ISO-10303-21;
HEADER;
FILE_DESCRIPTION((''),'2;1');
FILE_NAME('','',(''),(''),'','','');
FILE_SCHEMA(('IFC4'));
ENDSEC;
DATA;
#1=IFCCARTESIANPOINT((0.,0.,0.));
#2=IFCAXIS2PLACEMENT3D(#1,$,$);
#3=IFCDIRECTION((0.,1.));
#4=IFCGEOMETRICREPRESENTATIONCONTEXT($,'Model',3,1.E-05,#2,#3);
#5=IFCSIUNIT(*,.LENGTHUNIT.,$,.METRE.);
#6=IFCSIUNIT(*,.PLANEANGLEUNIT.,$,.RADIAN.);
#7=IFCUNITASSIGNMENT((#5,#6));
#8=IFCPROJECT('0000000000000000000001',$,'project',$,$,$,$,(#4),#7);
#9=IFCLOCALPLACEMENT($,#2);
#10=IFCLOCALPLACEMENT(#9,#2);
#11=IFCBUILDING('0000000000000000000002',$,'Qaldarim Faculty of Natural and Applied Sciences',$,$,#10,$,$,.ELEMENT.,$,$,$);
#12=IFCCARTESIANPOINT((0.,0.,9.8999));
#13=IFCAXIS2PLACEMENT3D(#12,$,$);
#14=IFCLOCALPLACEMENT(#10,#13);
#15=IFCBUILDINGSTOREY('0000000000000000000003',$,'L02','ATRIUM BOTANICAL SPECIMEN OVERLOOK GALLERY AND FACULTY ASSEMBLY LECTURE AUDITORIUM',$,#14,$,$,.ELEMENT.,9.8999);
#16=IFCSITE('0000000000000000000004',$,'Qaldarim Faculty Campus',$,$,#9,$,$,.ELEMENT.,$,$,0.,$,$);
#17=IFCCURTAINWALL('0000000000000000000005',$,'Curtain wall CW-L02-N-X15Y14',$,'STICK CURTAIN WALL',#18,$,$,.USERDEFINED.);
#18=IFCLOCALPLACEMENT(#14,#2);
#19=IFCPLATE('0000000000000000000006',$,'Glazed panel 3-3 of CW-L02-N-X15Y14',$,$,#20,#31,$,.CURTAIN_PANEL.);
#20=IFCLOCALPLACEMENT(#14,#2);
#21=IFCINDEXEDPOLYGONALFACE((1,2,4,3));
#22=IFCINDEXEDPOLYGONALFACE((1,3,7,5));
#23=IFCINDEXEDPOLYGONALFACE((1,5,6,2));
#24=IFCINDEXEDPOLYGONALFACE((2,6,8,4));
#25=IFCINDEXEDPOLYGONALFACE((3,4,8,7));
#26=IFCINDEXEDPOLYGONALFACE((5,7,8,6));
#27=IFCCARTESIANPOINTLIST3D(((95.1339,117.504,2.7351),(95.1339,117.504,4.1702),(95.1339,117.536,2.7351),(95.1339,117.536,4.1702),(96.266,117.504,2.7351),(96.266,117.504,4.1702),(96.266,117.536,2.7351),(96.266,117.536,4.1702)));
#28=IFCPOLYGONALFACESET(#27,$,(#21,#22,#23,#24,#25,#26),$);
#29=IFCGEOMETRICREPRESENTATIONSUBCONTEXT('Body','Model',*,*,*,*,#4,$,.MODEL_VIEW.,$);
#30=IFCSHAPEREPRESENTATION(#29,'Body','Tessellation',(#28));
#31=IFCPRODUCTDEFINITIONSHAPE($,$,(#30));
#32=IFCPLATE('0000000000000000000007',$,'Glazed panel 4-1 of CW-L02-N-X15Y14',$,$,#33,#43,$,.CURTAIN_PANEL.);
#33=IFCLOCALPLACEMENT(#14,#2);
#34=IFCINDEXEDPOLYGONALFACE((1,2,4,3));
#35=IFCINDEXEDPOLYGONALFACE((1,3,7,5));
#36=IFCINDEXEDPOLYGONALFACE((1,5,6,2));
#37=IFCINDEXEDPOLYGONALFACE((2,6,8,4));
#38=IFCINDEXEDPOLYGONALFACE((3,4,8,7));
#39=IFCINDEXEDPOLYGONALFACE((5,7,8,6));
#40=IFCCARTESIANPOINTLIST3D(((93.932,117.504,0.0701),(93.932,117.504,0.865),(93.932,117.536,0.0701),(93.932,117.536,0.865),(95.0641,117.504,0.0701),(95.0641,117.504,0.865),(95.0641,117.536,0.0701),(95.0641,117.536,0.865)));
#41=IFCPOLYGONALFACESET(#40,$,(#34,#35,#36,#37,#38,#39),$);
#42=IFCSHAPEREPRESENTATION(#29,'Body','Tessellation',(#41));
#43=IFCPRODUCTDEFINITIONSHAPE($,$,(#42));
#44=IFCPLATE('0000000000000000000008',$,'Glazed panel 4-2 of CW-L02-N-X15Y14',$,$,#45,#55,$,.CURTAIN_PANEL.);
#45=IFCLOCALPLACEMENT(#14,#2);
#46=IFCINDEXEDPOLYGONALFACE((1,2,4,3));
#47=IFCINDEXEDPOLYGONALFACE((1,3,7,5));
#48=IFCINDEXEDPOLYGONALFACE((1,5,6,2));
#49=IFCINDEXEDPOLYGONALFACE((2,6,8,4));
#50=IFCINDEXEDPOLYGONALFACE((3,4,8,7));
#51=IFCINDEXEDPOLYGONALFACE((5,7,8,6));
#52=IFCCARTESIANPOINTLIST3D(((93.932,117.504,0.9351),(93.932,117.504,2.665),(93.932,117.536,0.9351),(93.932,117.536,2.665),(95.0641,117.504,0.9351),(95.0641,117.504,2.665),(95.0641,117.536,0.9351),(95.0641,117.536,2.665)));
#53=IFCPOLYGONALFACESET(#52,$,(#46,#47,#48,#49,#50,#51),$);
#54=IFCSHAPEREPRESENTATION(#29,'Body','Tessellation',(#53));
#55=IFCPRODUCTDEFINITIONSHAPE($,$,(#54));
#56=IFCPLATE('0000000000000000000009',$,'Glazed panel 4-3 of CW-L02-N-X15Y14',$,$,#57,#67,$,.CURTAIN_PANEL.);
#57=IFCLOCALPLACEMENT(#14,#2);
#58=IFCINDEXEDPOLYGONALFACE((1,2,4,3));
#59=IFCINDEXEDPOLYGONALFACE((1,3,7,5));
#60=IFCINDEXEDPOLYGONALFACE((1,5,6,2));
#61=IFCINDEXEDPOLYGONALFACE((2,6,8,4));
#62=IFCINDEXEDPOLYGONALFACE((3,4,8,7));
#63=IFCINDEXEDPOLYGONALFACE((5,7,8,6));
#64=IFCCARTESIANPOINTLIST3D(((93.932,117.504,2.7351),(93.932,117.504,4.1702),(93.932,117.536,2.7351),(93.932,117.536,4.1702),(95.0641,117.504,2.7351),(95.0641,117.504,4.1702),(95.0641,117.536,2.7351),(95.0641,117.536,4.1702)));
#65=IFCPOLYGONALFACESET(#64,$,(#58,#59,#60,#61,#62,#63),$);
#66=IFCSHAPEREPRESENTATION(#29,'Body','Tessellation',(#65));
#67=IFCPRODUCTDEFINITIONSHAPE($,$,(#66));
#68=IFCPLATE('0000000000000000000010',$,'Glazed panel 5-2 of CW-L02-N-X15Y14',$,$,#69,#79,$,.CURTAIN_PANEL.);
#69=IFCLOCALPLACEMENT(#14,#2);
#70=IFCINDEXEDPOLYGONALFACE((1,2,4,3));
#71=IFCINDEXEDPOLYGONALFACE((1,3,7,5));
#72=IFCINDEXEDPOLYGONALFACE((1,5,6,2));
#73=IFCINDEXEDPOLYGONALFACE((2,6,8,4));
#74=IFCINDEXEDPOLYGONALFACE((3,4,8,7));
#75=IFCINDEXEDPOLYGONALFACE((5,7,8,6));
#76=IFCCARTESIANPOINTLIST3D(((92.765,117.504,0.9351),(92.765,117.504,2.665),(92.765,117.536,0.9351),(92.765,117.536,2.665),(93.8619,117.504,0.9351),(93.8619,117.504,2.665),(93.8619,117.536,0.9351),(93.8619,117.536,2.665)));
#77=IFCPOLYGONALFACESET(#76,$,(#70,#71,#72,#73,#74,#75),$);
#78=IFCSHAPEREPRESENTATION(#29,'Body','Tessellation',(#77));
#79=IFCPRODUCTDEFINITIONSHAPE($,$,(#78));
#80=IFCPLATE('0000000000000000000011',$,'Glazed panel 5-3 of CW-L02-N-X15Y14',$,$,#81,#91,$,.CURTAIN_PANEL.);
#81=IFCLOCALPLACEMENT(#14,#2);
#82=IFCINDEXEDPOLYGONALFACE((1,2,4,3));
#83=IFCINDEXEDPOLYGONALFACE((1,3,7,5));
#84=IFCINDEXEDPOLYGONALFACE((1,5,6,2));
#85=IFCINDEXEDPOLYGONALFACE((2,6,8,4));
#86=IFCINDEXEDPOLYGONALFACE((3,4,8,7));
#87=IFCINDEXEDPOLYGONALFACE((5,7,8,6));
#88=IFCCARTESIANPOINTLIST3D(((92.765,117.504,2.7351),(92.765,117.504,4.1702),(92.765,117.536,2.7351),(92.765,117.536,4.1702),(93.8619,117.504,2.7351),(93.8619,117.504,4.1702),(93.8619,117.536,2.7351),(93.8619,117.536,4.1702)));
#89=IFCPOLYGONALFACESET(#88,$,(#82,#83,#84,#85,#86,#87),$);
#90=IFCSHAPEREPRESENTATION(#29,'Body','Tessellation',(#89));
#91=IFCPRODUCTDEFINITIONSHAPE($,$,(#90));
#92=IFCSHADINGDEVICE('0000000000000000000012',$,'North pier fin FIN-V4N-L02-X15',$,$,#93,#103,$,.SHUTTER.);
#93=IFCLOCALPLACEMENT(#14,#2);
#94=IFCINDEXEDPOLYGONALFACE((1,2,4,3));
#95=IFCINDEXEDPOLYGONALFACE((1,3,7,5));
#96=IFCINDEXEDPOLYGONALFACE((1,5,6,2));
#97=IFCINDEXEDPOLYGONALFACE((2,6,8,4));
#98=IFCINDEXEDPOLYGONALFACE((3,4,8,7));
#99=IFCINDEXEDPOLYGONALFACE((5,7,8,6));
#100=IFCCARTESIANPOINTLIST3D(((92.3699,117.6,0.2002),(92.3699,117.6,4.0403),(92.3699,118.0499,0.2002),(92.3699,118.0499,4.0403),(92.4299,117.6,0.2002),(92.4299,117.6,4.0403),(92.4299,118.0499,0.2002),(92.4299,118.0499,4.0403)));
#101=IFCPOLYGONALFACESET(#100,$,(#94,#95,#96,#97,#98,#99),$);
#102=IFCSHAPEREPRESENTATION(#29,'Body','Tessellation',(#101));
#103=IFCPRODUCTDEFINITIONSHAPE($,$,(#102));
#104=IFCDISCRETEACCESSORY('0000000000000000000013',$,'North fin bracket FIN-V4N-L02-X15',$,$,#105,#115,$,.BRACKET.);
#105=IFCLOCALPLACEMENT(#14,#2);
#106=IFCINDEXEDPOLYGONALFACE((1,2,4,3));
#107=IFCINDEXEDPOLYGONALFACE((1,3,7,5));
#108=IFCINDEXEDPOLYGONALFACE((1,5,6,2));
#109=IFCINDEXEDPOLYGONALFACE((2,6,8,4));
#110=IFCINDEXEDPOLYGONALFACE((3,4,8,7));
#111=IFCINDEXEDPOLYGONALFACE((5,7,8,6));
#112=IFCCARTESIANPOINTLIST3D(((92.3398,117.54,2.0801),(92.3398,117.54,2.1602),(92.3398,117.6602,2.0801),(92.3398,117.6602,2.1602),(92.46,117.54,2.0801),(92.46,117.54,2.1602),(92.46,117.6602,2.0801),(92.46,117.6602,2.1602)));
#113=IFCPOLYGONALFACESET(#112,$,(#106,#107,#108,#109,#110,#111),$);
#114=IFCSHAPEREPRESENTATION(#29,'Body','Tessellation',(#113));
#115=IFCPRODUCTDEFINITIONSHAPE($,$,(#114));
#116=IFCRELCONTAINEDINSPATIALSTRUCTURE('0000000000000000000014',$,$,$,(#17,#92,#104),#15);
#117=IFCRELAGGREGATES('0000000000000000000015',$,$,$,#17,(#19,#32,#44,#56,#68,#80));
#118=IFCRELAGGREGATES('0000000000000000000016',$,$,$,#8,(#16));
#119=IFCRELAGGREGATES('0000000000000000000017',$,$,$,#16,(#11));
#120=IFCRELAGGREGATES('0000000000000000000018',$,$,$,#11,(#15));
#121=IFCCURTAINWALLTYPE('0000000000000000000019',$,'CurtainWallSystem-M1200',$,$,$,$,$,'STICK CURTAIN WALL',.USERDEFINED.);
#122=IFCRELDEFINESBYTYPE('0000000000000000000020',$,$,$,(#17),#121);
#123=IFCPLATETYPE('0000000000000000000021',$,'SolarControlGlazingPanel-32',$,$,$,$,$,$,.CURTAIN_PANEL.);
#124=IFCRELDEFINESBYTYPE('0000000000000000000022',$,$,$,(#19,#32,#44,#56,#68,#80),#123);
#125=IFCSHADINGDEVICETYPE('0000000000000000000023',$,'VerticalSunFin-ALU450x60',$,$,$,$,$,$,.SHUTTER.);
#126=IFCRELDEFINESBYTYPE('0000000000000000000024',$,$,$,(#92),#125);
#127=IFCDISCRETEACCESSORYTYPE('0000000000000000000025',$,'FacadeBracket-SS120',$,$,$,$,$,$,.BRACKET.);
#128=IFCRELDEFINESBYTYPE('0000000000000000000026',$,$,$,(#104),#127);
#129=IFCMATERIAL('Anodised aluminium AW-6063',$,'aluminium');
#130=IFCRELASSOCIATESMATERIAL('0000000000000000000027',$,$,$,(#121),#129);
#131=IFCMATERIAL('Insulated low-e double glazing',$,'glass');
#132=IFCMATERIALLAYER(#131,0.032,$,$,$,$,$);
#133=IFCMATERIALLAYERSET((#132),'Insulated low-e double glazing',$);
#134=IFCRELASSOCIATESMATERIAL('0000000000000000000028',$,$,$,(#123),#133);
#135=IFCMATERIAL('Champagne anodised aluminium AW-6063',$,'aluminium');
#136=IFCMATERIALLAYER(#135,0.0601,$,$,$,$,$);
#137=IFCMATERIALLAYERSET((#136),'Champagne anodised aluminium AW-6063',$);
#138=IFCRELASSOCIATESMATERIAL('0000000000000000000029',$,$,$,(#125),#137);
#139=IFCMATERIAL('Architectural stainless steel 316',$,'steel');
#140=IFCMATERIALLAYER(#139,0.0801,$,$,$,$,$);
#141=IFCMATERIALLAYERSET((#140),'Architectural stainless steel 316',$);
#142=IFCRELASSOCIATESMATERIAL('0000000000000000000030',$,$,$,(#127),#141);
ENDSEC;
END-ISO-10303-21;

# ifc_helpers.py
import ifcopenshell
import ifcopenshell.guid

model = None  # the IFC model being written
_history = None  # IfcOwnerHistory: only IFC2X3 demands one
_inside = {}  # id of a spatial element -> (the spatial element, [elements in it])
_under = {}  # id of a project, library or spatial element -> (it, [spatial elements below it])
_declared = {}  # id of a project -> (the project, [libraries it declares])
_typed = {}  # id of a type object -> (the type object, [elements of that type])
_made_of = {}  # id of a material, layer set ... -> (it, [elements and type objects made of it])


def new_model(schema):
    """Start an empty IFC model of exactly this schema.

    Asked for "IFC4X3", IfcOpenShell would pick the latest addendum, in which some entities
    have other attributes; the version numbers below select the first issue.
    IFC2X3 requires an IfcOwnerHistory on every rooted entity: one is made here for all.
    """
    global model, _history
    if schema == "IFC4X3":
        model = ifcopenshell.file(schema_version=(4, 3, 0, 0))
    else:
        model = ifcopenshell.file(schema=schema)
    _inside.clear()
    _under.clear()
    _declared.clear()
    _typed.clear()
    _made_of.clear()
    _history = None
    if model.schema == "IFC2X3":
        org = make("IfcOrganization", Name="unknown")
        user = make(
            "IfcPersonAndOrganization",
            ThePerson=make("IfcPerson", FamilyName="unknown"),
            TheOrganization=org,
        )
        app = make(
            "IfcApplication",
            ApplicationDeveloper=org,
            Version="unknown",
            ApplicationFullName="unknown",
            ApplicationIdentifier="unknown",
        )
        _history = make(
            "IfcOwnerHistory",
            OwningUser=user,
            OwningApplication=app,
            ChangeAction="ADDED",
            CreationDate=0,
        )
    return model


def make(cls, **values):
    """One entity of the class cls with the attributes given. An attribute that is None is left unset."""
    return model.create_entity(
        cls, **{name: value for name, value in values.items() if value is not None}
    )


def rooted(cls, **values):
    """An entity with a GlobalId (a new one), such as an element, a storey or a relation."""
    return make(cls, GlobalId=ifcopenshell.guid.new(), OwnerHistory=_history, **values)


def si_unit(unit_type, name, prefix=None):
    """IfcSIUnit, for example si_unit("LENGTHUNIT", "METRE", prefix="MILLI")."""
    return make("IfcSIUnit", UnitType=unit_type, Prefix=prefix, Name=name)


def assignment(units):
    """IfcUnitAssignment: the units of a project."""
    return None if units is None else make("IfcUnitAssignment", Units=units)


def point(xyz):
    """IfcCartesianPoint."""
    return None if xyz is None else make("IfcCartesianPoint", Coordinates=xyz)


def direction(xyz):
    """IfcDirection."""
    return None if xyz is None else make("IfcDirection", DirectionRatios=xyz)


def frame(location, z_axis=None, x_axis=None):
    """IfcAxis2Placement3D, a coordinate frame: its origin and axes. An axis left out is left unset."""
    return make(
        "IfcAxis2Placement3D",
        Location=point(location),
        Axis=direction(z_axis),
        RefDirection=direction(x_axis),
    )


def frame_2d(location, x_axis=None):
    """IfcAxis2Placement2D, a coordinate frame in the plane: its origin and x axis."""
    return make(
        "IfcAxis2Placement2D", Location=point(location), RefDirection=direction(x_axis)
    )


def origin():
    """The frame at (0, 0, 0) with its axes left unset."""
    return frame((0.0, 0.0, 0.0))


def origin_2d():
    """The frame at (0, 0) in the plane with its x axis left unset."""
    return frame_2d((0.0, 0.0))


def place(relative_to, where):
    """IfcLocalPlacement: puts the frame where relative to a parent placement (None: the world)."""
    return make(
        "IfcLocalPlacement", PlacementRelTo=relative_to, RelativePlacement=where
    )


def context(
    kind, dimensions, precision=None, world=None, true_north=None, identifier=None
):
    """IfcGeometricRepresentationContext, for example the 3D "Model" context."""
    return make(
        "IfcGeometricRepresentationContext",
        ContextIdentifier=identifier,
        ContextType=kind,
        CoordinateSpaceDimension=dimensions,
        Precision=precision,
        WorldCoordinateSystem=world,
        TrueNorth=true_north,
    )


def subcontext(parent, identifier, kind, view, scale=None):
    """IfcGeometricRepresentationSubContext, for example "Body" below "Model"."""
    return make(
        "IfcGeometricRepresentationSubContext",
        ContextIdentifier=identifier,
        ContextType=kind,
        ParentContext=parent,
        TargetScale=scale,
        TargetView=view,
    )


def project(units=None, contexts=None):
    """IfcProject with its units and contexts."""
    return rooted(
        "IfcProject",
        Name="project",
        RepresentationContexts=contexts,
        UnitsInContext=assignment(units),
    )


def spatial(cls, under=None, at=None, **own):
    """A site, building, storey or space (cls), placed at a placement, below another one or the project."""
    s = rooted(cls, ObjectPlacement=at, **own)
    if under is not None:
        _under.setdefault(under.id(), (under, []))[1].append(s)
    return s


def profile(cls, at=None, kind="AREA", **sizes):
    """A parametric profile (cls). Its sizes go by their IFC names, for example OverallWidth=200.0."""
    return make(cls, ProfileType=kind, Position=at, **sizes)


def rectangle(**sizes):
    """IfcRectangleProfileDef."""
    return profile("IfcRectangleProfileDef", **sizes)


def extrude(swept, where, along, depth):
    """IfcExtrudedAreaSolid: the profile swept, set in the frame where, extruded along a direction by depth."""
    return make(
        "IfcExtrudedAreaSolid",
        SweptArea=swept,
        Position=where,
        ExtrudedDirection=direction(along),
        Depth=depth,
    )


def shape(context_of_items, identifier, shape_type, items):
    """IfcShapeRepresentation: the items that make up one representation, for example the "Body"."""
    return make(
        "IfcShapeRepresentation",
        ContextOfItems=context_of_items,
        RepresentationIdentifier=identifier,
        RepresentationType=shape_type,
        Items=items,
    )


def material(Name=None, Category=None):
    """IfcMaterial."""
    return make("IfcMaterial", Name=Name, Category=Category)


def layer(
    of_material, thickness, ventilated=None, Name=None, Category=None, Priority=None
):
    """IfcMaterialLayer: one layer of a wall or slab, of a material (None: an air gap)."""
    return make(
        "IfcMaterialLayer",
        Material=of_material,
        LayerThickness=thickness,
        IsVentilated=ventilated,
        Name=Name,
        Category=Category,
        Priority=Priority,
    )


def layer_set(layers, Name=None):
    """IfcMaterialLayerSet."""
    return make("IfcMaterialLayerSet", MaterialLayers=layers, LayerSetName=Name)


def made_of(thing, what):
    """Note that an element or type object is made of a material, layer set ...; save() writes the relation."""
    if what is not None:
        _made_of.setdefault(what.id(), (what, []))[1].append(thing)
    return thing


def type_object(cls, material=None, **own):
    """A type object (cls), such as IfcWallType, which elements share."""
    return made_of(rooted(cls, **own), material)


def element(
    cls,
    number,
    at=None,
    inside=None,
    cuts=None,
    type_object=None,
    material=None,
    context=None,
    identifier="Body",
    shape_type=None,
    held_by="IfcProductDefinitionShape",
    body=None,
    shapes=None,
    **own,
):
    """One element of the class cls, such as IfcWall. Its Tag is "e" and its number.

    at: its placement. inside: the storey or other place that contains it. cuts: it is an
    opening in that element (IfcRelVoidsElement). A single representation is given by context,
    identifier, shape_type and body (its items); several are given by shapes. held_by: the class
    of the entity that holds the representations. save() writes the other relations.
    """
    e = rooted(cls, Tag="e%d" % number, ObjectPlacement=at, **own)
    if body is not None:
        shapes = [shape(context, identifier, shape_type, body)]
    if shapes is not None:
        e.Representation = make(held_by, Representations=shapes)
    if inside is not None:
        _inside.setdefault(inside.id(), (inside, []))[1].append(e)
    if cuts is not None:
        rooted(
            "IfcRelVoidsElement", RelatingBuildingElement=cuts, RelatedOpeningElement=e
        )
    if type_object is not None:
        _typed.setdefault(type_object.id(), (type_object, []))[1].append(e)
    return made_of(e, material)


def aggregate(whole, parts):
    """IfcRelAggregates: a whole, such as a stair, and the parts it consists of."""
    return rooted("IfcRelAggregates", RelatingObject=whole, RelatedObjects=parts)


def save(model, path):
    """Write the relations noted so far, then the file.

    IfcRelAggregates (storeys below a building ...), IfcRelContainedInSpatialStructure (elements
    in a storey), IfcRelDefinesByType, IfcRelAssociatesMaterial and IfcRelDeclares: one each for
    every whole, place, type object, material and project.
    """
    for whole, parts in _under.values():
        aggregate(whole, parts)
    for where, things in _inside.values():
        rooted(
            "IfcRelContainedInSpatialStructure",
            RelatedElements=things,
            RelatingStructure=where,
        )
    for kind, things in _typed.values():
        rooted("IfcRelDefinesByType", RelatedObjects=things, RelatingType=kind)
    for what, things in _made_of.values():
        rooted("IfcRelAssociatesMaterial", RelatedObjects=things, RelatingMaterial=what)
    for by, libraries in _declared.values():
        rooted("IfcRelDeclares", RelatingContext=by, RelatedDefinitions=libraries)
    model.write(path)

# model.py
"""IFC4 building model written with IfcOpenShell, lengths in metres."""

from ifc_helpers import new_model, si_unit, direction, frame, origin, origin_2d, place, context, subcontext, project, spatial, rectangle, extrude, material, layer, layer_set, type_object, element, aggregate, save


model = new_model("IFC4")

# Units and contexts
model_context = context("Model", 3, precision=1e-05, world=origin(), true_north=direction((0.0, 1.0)))
body_context = subcontext(model_context, "Body", "Model", "MODEL_VIEW")
ifc_project = project(units=[si_unit("LENGTHUNIT", "METRE"), si_unit("PLANEANGLEUNIT", "RADIAN")], contexts=[model_context])

# Site, building, storey
site_placement = place(None, origin())
site = spatial("IfcSite", under=ifc_project, at=site_placement, Name="Qaldarim Faculty Campus", CompositionType="ELEMENT", RefElevation=0.0)
building_placement = place(site_placement, origin())
building = spatial("IfcBuilding", under=site, at=building_placement, Name="Qaldarim Faculty of Natural and Applied Sciences", CompositionType="ELEMENT")
storey_placement = place(building_placement, frame((0.0, 0.0, 9.8999)))
storey = spatial("IfcBuildingStorey", under=building, at=storey_placement, Name="L02", Description="ATRIUM BOTANICAL SPECIMEN OVERLOOK GALLERY AND FACULTY ASSEMBLY LECTURE AUDITORIUM", CompositionType="ELEMENT", Elevation=9.8999)

# Curtain wall
ifc_material_1 = material(Name="Anodised aluminium AW-6063", Category="aluminium")
curtain_wall_type = type_object("IfcCurtainWallType", Name="CurtainWallSystem-M1200", ElementType="STICK CURTAIN WALL", PredefinedType="USERDEFINED", material=ifc_material_1)
curtain_wall_placement = place(storey_placement, origin())
curtain_wall = element("IfcCurtainWall", 1, at=curtain_wall_placement, inside=storey, type_object=curtain_wall_type, Name="Curtain wall CW-L02-N-X15Y14", ObjectType="STICK CURTAIN WALL", PredefinedType="USERDEFINED")

# Plates
ifc_material_2 = material(Name="Insulated low-e double glazing", Category="glass")
ifc_layer_1 = layer(ifc_material_2, 0.032)
ifc_layer_set_1 = layer_set([ifc_layer_1], Name="Insulated low-e double glazing")
plate_type = type_object("IfcPlateType", Name="SolarControlGlazingPanel-32", PredefinedType="CURTAIN_PANEL", material=ifc_layer_set_1)
plate_1_placement = place(storey_placement, frame((95.7, 117.52, 2.7351), z_axis=(0.0, 0.0, 1.0), x_axis=(-1.0, 0.0, 0.0)))
plate_1 = element("IfcPlate", 2, at=plate_1_placement, type_object=plate_type, Name="Glazed panel 3-3 of CW-L02-N-X15Y14", PredefinedType="CURTAIN_PANEL", context=body_context, shape_type="SweptSolid", body=[
    extrude(rectangle(XDim=1.1321, YDim=0.032, at=origin_2d()), origin(), (0.0, 0.0, 1.0), 1.4351),
])
plate_2_placement = place(storey_placement, frame((94.498, 117.52, 0.0701), z_axis=(0.0, 0.0, 1.0), x_axis=(-1.0, 0.0, 0.0)))
plate_2 = element("IfcPlate", 3, at=plate_2_placement, type_object=plate_type, Name="Glazed panel 4-1 of CW-L02-N-X15Y14", PredefinedType="CURTAIN_PANEL", context=body_context, shape_type="SweptSolid", body=[
    extrude(rectangle(XDim=1.1321, YDim=0.032, at=origin_2d()), origin(), (0.0, 0.0, 1.0), 0.7949),
])
plate_3_placement = place(storey_placement, frame((94.498, 117.52, 0.9351), z_axis=(0.0, 0.0, 1.0), x_axis=(-1.0, 0.0, 0.0)))
plate_3 = element("IfcPlate", 4, at=plate_3_placement, type_object=plate_type, Name="Glazed panel 4-2 of CW-L02-N-X15Y14", PredefinedType="CURTAIN_PANEL", context=body_context, shape_type="SweptSolid", body=[
    extrude(rectangle(XDim=1.1321, YDim=0.032, at=origin_2d()), origin(), (0.0, 0.0, 1.0), 1.73),
])
plate_4_placement = place(storey_placement, frame((94.498, 117.52, 2.7351), z_axis=(0.0, 0.0, 1.0), x_axis=(-1.0, 0.0, 0.0)))
plate_4 = element("IfcPlate", 5, at=plate_4_placement, type_object=plate_type, Name="Glazed panel 4-3 of CW-L02-N-X15Y14", PredefinedType="CURTAIN_PANEL", context=body_context, shape_type="SweptSolid", body=[
    extrude(rectangle(XDim=1.1321, YDim=0.032, at=origin_2d()), origin(), (0.0, 0.0, 1.0), 1.4351),
])
plate_5_placement = place(storey_placement, frame((93.3135, 117.52, 0.9351), z_axis=(0.0, 0.0, 1.0), x_axis=(-1.0, 0.0, 0.0)))
plate_5 = element("IfcPlate", 6, at=plate_5_placement, type_object=plate_type, Name="Glazed panel 5-2 of CW-L02-N-X15Y14", PredefinedType="CURTAIN_PANEL", context=body_context, shape_type="SweptSolid", body=[
    extrude(rectangle(XDim=1.0969, YDim=0.032, at=origin_2d()), origin(), (0.0, 0.0, 1.0), 1.73),
])
plate_6_placement = place(storey_placement, frame((93.3135, 117.52, 2.7351), z_axis=(0.0, 0.0, 1.0), x_axis=(-1.0, 0.0, 0.0)))
plate_6 = element("IfcPlate", 7, at=plate_6_placement, type_object=plate_type, Name="Glazed panel 5-3 of CW-L02-N-X15Y14", PredefinedType="CURTAIN_PANEL", context=body_context, shape_type="SweptSolid", body=[
    extrude(rectangle(XDim=1.0969, YDim=0.032, at=origin_2d()), origin(), (0.0, 0.0, 1.0), 1.4351),
])
aggregate(curtain_wall, [plate_1, plate_2, plate_3, plate_4, plate_5, plate_6])

# Shading device
ifc_material_3 = material(Name="Champagne anodised aluminium AW-6063", Category="aluminium")
ifc_layer_2 = layer(ifc_material_3, 0.0601)
ifc_layer_set_2 = layer_set([ifc_layer_2], Name="Champagne anodised aluminium AW-6063")
shading_device_type = type_object("IfcShadingDeviceType", Name="VerticalSunFin-ALU450x60", PredefinedType="SHUTTER", material=ifc_layer_set_2)
shading_device_placement = place(storey_placement, frame((92.3999, 117.825, 0.2002), z_axis=(0.0, 0.0, 1.0), x_axis=(1.0, 0.0, 0.0)))
element("IfcShadingDevice", 8, at=shading_device_placement, inside=storey, type_object=shading_device_type, Name="North pier fin FIN-V4N-L02-X15", PredefinedType="SHUTTER", context=body_context, shape_type="SweptSolid", body=[
    extrude(rectangle(XDim=0.0601, YDim=0.45, at=origin_2d()), origin(), (0.0, 0.0, 1.0), 3.8401),
])

# Discrete accessory
ifc_material_4 = material(Name="Architectural stainless steel 316", Category="steel")
ifc_layer_3 = layer(ifc_material_4, 0.0801)
ifc_layer_set_3 = layer_set([ifc_layer_3], Name="Architectural stainless steel 316")
discrete_accessory_type = type_object("IfcDiscreteAccessoryType", Name="FacadeBracket-SS120", PredefinedType="BRACKET", material=ifc_layer_set_3)
discrete_accessory_placement = place(storey_placement, frame((92.3999, 117.6001, 2.0801), z_axis=(0.0, 0.0, 1.0), x_axis=(1.0, 0.0, 0.0)))
element("IfcDiscreteAccessory", 9, at=discrete_accessory_placement, inside=storey, type_object=discrete_accessory_type, Name="North fin bracket FIN-V4N-L02-X15", PredefinedType="BRACKET", context=body_context, shape_type="SweptSolid", body=[
    extrude(rectangle(XDim=0.1201, YDim=0.1201, at=origin_2d()), origin(), (0.0, 0.0, 1.0), 0.0801),
])

save(model, "model.ifc")
